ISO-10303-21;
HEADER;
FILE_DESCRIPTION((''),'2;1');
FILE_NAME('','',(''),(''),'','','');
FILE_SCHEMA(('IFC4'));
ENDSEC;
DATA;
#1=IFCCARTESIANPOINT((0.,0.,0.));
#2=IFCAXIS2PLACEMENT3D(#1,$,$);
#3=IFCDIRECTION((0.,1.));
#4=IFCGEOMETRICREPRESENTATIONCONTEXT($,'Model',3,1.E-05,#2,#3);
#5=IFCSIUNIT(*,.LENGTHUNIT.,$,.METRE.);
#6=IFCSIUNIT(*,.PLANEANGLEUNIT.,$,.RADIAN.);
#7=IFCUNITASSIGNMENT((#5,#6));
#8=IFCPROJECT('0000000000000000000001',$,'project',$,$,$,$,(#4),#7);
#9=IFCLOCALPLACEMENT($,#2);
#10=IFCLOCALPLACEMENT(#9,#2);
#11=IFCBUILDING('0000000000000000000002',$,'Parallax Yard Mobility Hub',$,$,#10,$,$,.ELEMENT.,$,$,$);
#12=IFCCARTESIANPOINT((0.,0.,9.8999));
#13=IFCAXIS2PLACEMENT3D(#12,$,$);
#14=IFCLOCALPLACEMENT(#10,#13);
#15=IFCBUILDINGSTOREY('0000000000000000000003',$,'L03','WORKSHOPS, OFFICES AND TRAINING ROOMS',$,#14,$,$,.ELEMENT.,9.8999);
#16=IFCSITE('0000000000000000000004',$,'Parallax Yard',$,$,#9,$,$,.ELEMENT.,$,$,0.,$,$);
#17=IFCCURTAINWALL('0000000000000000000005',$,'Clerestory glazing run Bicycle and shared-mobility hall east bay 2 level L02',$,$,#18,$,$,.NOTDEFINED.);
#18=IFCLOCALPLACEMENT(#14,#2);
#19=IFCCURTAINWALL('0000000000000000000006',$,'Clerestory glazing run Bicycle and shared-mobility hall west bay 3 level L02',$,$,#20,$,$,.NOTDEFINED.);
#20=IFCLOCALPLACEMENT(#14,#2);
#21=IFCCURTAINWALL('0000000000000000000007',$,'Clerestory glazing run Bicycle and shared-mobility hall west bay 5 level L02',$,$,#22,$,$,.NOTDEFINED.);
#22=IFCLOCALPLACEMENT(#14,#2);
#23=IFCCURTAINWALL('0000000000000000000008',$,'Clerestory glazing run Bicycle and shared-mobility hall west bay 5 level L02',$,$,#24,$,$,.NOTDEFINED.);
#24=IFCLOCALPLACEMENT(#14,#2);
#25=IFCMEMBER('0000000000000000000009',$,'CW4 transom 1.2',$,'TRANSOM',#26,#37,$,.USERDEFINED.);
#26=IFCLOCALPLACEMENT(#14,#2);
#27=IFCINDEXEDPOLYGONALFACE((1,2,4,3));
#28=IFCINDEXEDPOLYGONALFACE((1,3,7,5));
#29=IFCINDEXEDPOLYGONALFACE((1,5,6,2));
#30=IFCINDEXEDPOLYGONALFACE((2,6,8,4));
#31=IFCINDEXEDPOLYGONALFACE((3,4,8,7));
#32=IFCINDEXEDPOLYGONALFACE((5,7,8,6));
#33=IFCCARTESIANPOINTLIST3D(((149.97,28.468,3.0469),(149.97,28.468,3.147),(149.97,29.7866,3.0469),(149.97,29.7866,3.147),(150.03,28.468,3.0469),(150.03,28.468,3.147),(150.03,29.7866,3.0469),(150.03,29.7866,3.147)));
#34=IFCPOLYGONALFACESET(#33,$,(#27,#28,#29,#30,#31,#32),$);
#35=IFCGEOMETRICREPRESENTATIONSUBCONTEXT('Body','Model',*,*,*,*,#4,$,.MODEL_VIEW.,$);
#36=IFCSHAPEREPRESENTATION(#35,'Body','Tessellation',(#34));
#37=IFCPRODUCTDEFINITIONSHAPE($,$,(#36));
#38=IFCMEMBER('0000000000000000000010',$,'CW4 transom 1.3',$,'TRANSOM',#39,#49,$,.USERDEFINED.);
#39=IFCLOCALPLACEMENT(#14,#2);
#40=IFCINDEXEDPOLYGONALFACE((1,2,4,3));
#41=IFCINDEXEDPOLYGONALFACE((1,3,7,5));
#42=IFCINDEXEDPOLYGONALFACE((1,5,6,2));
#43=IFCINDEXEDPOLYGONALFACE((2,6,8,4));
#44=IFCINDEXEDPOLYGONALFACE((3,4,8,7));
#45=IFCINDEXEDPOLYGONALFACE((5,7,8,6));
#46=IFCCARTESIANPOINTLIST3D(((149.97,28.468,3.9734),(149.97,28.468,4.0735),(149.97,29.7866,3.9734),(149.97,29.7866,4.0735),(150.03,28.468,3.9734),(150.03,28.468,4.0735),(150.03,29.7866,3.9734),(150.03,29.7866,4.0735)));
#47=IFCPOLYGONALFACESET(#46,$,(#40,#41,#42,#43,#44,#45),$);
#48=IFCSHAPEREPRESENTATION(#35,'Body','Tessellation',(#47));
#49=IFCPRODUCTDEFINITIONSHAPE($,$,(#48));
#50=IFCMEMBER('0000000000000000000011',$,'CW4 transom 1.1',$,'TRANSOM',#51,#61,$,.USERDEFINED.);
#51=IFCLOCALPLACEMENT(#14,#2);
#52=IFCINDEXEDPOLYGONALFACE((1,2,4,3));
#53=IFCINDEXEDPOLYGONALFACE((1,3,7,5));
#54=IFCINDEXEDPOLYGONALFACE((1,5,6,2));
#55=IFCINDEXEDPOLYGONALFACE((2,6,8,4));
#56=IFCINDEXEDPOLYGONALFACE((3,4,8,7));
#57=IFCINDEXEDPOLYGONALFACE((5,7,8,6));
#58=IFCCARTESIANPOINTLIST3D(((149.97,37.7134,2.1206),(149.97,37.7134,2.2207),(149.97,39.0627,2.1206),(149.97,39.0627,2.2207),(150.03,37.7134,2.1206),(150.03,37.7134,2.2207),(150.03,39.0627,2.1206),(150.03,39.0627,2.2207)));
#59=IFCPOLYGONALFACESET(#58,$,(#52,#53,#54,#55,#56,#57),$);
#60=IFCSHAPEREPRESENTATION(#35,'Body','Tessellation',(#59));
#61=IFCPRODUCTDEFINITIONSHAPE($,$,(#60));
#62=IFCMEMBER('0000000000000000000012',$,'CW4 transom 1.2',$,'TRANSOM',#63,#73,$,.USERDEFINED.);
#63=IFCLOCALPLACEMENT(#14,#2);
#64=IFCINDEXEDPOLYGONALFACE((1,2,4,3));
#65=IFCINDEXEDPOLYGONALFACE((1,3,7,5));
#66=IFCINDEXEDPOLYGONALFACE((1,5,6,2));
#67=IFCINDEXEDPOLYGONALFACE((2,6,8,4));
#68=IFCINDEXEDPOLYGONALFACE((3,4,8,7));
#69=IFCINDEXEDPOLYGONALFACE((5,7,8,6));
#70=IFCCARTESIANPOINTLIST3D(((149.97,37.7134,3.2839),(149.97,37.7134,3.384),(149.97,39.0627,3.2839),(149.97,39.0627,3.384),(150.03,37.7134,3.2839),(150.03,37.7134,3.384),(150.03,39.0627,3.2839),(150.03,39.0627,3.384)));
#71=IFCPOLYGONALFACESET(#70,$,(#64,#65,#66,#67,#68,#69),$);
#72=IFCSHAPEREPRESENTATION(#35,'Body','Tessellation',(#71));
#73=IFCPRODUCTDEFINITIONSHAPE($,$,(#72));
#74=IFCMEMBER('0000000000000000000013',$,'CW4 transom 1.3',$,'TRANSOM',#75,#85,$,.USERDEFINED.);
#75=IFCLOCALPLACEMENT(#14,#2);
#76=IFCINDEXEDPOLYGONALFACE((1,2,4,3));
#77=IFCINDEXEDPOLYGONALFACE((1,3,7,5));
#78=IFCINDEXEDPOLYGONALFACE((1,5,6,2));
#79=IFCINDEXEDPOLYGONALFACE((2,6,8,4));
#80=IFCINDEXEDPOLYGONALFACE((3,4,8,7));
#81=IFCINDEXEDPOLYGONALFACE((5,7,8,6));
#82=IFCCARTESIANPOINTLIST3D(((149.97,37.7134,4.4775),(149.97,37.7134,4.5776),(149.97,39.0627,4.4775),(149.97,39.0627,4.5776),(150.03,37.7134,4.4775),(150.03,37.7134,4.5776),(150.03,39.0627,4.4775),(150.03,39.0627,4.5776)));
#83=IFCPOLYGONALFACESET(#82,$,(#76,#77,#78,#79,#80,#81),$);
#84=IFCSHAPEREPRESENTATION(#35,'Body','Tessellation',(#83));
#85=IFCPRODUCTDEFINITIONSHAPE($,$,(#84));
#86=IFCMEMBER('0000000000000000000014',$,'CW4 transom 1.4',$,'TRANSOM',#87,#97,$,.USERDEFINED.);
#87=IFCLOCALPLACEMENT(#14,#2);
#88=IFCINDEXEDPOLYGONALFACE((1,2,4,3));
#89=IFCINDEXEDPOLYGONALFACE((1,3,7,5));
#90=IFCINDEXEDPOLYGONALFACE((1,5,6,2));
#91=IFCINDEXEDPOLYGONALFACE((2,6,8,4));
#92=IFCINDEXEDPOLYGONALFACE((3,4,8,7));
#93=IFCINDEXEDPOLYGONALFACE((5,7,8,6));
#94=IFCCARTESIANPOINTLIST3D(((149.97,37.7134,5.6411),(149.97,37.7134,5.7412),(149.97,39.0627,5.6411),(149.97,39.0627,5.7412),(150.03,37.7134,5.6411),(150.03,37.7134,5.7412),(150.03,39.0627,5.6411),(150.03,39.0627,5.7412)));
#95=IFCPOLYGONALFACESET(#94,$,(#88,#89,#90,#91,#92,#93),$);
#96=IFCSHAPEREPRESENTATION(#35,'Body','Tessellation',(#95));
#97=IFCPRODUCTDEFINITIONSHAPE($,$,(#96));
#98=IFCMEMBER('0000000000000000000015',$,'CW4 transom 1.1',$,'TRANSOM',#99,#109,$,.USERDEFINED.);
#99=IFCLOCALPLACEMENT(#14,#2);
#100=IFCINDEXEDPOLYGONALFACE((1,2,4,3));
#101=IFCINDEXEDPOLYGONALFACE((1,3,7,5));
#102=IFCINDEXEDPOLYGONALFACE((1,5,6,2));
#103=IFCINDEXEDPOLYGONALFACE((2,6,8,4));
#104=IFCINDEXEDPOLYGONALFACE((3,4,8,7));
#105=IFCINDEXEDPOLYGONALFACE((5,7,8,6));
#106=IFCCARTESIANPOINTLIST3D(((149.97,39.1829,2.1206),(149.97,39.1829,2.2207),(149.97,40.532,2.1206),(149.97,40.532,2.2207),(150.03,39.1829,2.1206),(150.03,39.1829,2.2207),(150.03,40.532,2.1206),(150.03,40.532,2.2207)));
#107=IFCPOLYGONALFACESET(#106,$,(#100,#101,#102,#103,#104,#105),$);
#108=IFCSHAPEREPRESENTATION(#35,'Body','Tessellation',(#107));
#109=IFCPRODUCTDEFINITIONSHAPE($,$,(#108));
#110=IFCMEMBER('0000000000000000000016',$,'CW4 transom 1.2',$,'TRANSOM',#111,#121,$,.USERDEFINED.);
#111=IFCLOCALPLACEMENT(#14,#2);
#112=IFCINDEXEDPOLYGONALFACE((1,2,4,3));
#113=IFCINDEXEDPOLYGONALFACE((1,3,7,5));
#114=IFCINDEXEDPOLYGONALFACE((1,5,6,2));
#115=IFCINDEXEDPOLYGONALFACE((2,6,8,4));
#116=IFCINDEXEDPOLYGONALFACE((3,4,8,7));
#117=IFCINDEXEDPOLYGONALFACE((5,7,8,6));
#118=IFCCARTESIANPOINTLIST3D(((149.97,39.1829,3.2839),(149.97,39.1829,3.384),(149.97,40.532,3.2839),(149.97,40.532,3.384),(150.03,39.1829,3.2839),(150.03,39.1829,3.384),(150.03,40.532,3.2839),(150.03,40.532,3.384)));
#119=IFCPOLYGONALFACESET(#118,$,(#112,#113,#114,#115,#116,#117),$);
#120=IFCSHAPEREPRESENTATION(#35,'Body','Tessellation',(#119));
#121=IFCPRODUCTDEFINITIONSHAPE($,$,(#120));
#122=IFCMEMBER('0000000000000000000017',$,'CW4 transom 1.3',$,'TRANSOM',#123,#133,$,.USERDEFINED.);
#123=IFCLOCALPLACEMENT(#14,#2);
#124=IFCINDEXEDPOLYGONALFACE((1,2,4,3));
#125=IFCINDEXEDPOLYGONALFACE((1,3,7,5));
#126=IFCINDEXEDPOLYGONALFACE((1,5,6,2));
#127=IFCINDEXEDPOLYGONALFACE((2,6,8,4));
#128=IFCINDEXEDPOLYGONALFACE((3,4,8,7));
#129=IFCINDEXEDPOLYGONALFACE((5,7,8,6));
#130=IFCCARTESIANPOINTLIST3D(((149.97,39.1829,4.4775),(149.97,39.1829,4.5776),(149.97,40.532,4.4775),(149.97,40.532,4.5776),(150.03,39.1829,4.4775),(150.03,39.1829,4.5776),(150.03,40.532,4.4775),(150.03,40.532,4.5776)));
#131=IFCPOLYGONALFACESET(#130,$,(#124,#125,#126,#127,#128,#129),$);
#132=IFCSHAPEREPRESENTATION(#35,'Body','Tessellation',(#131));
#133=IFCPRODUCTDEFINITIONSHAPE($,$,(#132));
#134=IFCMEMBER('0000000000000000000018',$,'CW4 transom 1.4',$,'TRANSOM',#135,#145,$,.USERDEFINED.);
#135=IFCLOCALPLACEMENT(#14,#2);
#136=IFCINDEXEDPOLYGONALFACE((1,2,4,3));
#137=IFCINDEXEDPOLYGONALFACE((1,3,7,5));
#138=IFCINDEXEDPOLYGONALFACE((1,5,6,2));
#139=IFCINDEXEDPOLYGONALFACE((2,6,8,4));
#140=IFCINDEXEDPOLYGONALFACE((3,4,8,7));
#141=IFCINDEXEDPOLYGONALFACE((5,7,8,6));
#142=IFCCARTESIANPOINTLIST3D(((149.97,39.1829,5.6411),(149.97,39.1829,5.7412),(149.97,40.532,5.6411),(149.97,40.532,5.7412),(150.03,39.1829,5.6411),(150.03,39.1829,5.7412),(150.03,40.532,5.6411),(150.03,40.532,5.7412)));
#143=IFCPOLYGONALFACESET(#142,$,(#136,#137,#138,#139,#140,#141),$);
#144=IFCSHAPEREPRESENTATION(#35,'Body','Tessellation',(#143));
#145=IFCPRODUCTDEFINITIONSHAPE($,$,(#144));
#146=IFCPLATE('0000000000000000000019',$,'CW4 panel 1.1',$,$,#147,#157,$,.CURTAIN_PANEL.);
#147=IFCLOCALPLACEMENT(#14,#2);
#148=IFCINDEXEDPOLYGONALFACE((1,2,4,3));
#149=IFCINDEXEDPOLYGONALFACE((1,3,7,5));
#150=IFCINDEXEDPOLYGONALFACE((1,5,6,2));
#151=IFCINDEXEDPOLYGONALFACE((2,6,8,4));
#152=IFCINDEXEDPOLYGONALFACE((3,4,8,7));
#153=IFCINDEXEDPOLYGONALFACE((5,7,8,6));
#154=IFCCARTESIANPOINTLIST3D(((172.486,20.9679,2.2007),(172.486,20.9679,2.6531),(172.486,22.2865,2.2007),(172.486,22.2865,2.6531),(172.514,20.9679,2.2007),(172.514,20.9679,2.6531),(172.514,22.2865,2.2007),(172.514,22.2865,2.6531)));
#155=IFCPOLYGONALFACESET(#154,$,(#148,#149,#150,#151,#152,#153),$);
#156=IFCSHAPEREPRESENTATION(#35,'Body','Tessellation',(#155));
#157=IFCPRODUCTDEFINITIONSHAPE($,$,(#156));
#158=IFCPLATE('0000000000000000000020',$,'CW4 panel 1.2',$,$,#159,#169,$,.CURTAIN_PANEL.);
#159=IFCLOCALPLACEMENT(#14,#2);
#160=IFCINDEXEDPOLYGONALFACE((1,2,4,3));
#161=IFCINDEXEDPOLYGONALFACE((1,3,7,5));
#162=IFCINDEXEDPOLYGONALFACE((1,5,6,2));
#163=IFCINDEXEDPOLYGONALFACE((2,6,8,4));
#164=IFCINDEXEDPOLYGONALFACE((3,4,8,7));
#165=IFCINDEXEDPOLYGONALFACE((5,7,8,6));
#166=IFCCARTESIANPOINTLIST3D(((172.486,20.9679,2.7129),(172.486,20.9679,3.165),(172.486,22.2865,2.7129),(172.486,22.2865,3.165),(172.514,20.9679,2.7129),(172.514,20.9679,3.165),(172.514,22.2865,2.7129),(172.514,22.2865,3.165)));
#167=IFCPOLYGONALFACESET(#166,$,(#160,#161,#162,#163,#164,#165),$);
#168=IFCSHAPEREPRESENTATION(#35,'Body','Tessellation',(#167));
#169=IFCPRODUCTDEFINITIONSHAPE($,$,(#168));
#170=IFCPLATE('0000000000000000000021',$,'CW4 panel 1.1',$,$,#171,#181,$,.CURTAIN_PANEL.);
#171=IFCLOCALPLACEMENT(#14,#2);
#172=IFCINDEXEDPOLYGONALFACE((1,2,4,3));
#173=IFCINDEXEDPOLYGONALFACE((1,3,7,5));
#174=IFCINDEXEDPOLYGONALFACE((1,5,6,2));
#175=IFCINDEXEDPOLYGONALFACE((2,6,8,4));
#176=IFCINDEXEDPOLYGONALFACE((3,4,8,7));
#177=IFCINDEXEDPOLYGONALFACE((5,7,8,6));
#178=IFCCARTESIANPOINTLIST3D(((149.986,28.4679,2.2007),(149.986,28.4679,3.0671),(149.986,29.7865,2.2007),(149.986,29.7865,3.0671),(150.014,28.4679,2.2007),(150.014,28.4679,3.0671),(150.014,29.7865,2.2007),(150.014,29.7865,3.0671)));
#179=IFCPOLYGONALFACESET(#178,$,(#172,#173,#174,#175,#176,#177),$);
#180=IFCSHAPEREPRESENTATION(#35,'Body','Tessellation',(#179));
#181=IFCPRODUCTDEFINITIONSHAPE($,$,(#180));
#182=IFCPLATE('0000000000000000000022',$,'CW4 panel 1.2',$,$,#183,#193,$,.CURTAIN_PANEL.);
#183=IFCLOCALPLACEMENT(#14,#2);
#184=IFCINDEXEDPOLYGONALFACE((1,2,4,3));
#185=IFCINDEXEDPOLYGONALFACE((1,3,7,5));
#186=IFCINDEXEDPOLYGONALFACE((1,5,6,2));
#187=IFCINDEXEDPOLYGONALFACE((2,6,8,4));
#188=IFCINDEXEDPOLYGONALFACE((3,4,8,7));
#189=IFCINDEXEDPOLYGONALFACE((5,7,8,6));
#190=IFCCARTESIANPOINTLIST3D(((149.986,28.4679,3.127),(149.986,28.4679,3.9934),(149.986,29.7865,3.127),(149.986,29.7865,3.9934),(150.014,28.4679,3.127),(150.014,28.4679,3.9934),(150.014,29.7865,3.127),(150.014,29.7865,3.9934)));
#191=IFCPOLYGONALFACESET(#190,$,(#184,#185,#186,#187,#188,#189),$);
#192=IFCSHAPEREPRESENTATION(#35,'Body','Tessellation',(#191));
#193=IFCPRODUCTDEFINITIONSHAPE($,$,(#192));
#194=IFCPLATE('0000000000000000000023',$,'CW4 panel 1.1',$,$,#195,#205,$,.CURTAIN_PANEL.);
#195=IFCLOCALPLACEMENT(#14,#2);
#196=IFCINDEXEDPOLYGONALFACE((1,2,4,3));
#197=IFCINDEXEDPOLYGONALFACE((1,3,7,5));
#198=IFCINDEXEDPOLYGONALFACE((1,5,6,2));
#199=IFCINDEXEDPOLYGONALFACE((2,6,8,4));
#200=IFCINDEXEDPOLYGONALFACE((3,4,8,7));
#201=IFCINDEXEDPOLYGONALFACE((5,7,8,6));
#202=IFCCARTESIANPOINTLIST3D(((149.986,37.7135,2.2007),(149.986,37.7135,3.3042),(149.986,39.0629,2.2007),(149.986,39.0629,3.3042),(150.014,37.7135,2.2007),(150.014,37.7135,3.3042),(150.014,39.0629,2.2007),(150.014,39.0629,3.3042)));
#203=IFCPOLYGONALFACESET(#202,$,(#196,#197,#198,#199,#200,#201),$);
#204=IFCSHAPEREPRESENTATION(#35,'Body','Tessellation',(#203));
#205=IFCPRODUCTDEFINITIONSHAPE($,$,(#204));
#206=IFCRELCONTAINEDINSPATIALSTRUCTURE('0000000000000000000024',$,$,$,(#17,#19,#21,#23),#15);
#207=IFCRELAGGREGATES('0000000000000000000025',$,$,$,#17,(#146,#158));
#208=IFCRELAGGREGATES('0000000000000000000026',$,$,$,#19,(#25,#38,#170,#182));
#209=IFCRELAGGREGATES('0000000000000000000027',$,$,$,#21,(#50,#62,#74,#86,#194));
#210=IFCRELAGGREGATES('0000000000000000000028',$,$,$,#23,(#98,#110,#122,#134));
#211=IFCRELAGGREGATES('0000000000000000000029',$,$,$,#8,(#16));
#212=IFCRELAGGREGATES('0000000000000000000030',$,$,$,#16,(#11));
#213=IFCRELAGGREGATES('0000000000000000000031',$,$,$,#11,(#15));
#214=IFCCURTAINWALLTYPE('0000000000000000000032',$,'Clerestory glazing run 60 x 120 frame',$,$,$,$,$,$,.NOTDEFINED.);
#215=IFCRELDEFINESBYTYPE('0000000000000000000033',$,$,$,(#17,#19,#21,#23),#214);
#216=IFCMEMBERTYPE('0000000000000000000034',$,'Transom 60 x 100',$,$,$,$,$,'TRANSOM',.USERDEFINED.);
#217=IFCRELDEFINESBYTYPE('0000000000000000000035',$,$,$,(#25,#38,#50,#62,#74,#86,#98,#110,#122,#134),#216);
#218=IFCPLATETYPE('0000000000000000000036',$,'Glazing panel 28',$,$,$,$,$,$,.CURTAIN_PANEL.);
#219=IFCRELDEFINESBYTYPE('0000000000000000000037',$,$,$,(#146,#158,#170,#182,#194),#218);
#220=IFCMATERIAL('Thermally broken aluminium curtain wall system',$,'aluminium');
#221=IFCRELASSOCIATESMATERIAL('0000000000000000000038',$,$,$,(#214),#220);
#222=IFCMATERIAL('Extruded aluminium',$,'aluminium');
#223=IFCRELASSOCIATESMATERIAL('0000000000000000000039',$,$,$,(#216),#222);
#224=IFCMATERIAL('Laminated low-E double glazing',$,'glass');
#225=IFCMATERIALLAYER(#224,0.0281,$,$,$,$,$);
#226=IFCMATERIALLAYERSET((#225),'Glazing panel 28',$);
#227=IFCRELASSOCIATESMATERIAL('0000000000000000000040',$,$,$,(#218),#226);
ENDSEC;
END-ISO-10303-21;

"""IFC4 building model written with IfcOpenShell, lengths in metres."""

from ifc_helpers import new_model, si_unit, direction, frame, origin, origin_2d, place, context, subcontext, project, spatial, rectangle, extrude, material, layer, layer_set, material_profile, profile_set, type_object, element, aggregate, save


model = new_model("IFC4")

# Units and contexts
model_context = context("Model", 3, precision=1e-05, world=origin(), true_north=direction((0.0, 1.0)))
body_context = subcontext(model_context, "Body", "Model", "MODEL_VIEW")
ifc_project = project(units=[si_unit("LENGTHUNIT", "METRE"), si_unit("PLANEANGLEUNIT", "RADIAN")], contexts=[model_context])

# Site, building, storey
site_placement = place(None, origin())
site = spatial("IfcSite", under=ifc_project, at=site_placement, Name="Parallax Yard", CompositionType="ELEMENT", RefElevation=0.0)
building_placement = place(site_placement, origin())
building = spatial("IfcBuilding", under=site, at=building_placement, Name="Parallax Yard Mobility Hub", CompositionType="ELEMENT")
storey_placement = place(building_placement, frame((0.0, 0.0, 9.8999)))
storey = spatial("IfcBuildingStorey", under=building, at=storey_placement, Name="L03", Description="WORKSHOPS, OFFICES AND TRAINING ROOMS", CompositionType="ELEMENT", Elevation=9.8999)

# Curtain wall
ifc_material_1 = material(Name="Thermally broken aluminium curtain wall system", Category="aluminium")
curtain_wall_type = type_object("IfcCurtainWallType", Name="Clerestory glazing run 60 x 120 frame", PredefinedType="NOTDEFINED", material=ifc_material_1)
curtain_wall_1_placement = place(storey_placement, origin())
curtain_wall_1 = element("IfcCurtainWall", 1, at=curtain_wall_1_placement, inside=storey, type_object=curtain_wall_type, Name="Clerestory glazing run Bicycle and shared-mobility hall east bay 2 level L02", PredefinedType="NOTDEFINED")
ifc_material_2 = material(Name="Extruded aluminium", Category="aluminium")

# Curtain walls
curtain_wall_2_placement = place(storey_placement, origin())
curtain_wall_2 = element("IfcCurtainWall", 2, at=curtain_wall_2_placement, inside=storey, type_object=curtain_wall_type, Name="Clerestory glazing run Bicycle and shared-mobility hall west bay 3 level L02", PredefinedType="NOTDEFINED")
curtain_wall_3_placement = place(storey_placement, origin())
curtain_wall_3 = element("IfcCurtainWall", 3, at=curtain_wall_3_placement, inside=storey, type_object=curtain_wall_type, Name="Clerestory glazing run Bicycle and shared-mobility hall west bay 5 level L02", PredefinedType="NOTDEFINED")

# Curtain wall
curtain_wall_4_placement = place(storey_placement, origin())
curtain_wall_4 = element("IfcCurtainWall", 4, at=curtain_wall_4_placement, inside=storey, type_object=curtain_wall_type, Name="Clerestory glazing run Bicycle and shared-mobility hall west bay 5 level L02", PredefinedType="NOTDEFINED")

# Members
ifc_material_profile_1 = material_profile(ifc_material_2, rectangle(XDim=0.0601, YDim=0.1001, at=origin_2d()), Name="Transom 60 x 100")
ifc_profile_set_1 = profile_set([ifc_material_profile_1], Name="Extruded aluminium")
member_type_1 = type_object("IfcMemberType", Name="Transom 60 x 100", ElementType="TRANSOM", PredefinedType="USERDEFINED", material=ifc_profile_set_1)
member_1_placement = place(storey_placement, frame((150.0, 28.468, 3.0969), z_axis=(0.0, 1.0, 0.0), x_axis=(-1.0, 0.0, 0.0)))
member_1 = element("IfcMember", 5, at=member_1_placement, type_object=member_type_1, Name="CW4 transom 1.2", ObjectType="TRANSOM", PredefinedType="USERDEFINED", context=body_context, shape_type="SweptSolid", body=[
    extrude(rectangle(XDim=0.0601, YDim=0.1001, at=origin_2d()), origin(), (0.0, 0.0, 1.0), 1.3186),
])
member_2_placement = place(storey_placement, frame((150.0, 28.468, 4.0234), z_axis=(0.0, 1.0, 0.0), x_axis=(-1.0, 0.0, 0.0)))
member_2 = element("IfcMember", 6, at=member_2_placement, type_object=member_type_1, Name="CW4 transom 1.3", ObjectType="TRANSOM", PredefinedType="USERDEFINED", context=body_context, shape_type="SweptSolid", body=[
    extrude(rectangle(XDim=0.0601, YDim=0.1001, at=origin_2d()), origin(), (0.0, 0.0, 1.0), 1.3186),
])
member_3_placement = place(storey_placement, frame((150.0, 37.7134, 2.1707), z_axis=(0.0, 1.0, 0.0), x_axis=(-1.0, 0.0, 0.0)))
member_3 = element("IfcMember", 7, at=member_3_placement, type_object=member_type_1, Name="CW4 transom 1.1", ObjectType="TRANSOM", PredefinedType="USERDEFINED", context=body_context, shape_type="SweptSolid", body=[
    extrude(rectangle(XDim=0.0601, YDim=0.1001, at=origin_2d()), origin(), (0.0, 0.0, 1.0), 1.3494),
])
member_4_placement = place(storey_placement, frame((150.0, 37.7134, 3.334), z_axis=(0.0, 1.0, 0.0), x_axis=(-1.0, 0.0, 0.0)))
member_4 = element("IfcMember", 8, at=member_4_placement, type_object=member_type_1, Name="CW4 transom 1.2", ObjectType="TRANSOM", PredefinedType="USERDEFINED", context=body_context, shape_type="SweptSolid", body=[
    extrude(rectangle(XDim=0.0601, YDim=0.1001, at=origin_2d()), origin(), (0.0, 0.0, 1.0), 1.3494),
])
member_5_placement = place(storey_placement, frame((150.0, 37.7134, 4.5276), z_axis=(0.0, 1.0, 0.0), x_axis=(-1.0, 0.0, 0.0)))
member_5 = element("IfcMember", 9, at=member_5_placement, type_object=member_type_1, Name="CW4 transom 1.3", ObjectType="TRANSOM", PredefinedType="USERDEFINED", context=body_context, shape_type="SweptSolid", body=[
    extrude(rectangle(XDim=0.0601, YDim=0.1001, at=origin_2d()), origin(), (0.0, 0.0, 1.0), 1.3494),
])
member_6_placement = place(storey_placement, frame((150.0, 37.7134, 5.6912), z_axis=(0.0, 1.0, 0.0), x_axis=(-1.0, 0.0, 0.0)))
member_6 = element("IfcMember", 10, at=member_6_placement, type_object=member_type_1, Name="CW4 transom 1.4", ObjectType="TRANSOM", PredefinedType="USERDEFINED", context=body_context, shape_type="SweptSolid", body=[
    extrude(rectangle(XDim=0.0601, YDim=0.1001, at=origin_2d()), origin(), (0.0, 0.0, 1.0), 1.3494),
])
member_7_placement = place(storey_placement, frame((150.0, 39.1829, 2.1707), z_axis=(0.0, 1.0, 0.0), x_axis=(-1.0, 0.0, 0.0)))
member_7 = element("IfcMember", 11, at=member_7_placement, type_object=member_type_1, Name="CW4 transom 1.1", ObjectType="TRANSOM", PredefinedType="USERDEFINED", context=body_context, shape_type="SweptSolid", body=[
    extrude(rectangle(XDim=0.0601, YDim=0.1001, at=origin_2d()), origin(), (0.0, 0.0, 1.0), 1.3491),
])
member_8_placement = place(storey_placement, frame((150.0, 39.1829, 3.334), z_axis=(0.0, 1.0, 0.0), x_axis=(-1.0, 0.0, 0.0)))
member_8 = element("IfcMember", 12, at=member_8_placement, type_object=member_type_1, Name="CW4 transom 1.2", ObjectType="TRANSOM", PredefinedType="USERDEFINED", context=body_context, shape_type="SweptSolid", body=[
    extrude(rectangle(XDim=0.0601, YDim=0.1001, at=origin_2d()), origin(), (0.0, 0.0, 1.0), 1.3491),
])
member_9_placement = place(storey_placement, frame((150.0, 39.1829, 4.5276), z_axis=(0.0, 1.0, 0.0), x_axis=(-1.0, 0.0, 0.0)))
member_9 = element("IfcMember", 13, at=member_9_placement, type_object=member_type_1, Name="CW4 transom 1.3", ObjectType="TRANSOM", PredefinedType="USERDEFINED", context=body_context, shape_type="SweptSolid", body=[
    extrude(rectangle(XDim=0.0601, YDim=0.1001, at=origin_2d()), origin(), (0.0, 0.0, 1.0), 1.3491),
])
member_10_placement = place(storey_placement, frame((150.0, 39.1829, 5.6912), z_axis=(0.0, 1.0, 0.0), x_axis=(-1.0, 0.0, 0.0)))
member_10 = element("IfcMember", 14, at=member_10_placement, type_object=member_type_1, Name="CW4 transom 1.4", ObjectType="TRANSOM", PredefinedType="USERDEFINED", context=body_context, shape_type="SweptSolid", body=[
    extrude(rectangle(XDim=0.0601, YDim=0.1001, at=origin_2d()), origin(), (0.0, 0.0, 1.0), 1.3491),
])

# Plates
ifc_material_3 = material(Name="Laminated low-E double glazing", Category="glass")
ifc_layer = layer(ifc_material_3, 0.0281)
ifc_layer_set = layer_set([ifc_layer], Name="Glazing panel 28")
plate_type = type_object("IfcPlateType", Name="Glazing panel 28", PredefinedType="CURTAIN_PANEL", material=ifc_layer_set)
plate_1_placement = place(storey_placement, frame((172.5, 21.6272, 2.2007), z_axis=(0.0, 0.0, 1.0), x_axis=(0.0, 1.0, 0.0)))
plate_1 = element("IfcPlate", 15, at=plate_1_placement, type_object=plate_type, Name="CW4 panel 1.1", PredefinedType="CURTAIN_PANEL", context=body_context, shape_type="SweptSolid", body=[
    extrude(rectangle(XDim=1.3186, YDim=0.0281, at=origin_2d()), origin(), (0.0, 0.0, 1.0), 0.4524),
])
plate_2_placement = place(storey_placement, frame((172.5, 21.6272, 2.7129), z_axis=(0.0, 0.0, 1.0), x_axis=(0.0, 1.0, 0.0)))
plate_2 = element("IfcPlate", 16, at=plate_2_placement, type_object=plate_type, Name="CW4 panel 1.2", PredefinedType="CURTAIN_PANEL", context=body_context, shape_type="SweptSolid", body=[
    extrude(rectangle(XDim=1.3186, YDim=0.0281, at=origin_2d()), origin(), (0.0, 0.0, 1.0), 0.4521),
])
aggregate(curtain_wall_1, [plate_1, plate_2])
plate_3_placement = place(storey_placement, frame((150.0, 29.1272, 2.2007), z_axis=(0.0, 0.0, 1.0), x_axis=(0.0, 1.0, 0.0)))
plate_3 = element("IfcPlate", 17, at=plate_3_placement, type_object=plate_type, Name="CW4 panel 1.1", PredefinedType="CURTAIN_PANEL", context=body_context, shape_type="SweptSolid", body=[
    extrude(rectangle(XDim=1.3186, YDim=0.0281, at=origin_2d()), origin(), (0.0, 0.0, 1.0), 0.8665),
])
plate_4_placement = place(storey_placement, frame((150.0, 29.1272, 3.127), z_axis=(0.0, 0.0, 1.0), x_axis=(0.0, 1.0, 0.0)))
plate_4 = element("IfcPlate", 18, at=plate_4_placement, type_object=plate_type, Name="CW4 panel 1.2", PredefinedType="CURTAIN_PANEL", context=body_context, shape_type="SweptSolid", body=[
    extrude(rectangle(XDim=1.3186, YDim=0.0281, at=origin_2d()), origin(), (0.0, 0.0, 1.0), 0.8665),
])
aggregate(curtain_wall_2, [member_1, member_2, plate_3, plate_4])
plate_5_placement = place(storey_placement, frame((150.0, 38.3882, 2.2007), z_axis=(0.0, 0.0, 1.0), x_axis=(0.0, 1.0, 0.0)))
plate_5 = element("IfcPlate", 19, at=plate_5_placement, type_object=plate_type, Name="CW4 panel 1.1", PredefinedType="CURTAIN_PANEL", context=body_context, shape_type="SweptSolid", body=[
    extrude(rectangle(XDim=1.3494, YDim=0.0281, at=origin_2d()), origin(), (0.0, 0.0, 1.0), 1.1035),
])
aggregate(curtain_wall_3, [member_3, member_4, member_5, member_6, plate_5])
aggregate(curtain_wall_4, [member_7, member_8, member_9, member_10])

save(model, "model.ifc")
